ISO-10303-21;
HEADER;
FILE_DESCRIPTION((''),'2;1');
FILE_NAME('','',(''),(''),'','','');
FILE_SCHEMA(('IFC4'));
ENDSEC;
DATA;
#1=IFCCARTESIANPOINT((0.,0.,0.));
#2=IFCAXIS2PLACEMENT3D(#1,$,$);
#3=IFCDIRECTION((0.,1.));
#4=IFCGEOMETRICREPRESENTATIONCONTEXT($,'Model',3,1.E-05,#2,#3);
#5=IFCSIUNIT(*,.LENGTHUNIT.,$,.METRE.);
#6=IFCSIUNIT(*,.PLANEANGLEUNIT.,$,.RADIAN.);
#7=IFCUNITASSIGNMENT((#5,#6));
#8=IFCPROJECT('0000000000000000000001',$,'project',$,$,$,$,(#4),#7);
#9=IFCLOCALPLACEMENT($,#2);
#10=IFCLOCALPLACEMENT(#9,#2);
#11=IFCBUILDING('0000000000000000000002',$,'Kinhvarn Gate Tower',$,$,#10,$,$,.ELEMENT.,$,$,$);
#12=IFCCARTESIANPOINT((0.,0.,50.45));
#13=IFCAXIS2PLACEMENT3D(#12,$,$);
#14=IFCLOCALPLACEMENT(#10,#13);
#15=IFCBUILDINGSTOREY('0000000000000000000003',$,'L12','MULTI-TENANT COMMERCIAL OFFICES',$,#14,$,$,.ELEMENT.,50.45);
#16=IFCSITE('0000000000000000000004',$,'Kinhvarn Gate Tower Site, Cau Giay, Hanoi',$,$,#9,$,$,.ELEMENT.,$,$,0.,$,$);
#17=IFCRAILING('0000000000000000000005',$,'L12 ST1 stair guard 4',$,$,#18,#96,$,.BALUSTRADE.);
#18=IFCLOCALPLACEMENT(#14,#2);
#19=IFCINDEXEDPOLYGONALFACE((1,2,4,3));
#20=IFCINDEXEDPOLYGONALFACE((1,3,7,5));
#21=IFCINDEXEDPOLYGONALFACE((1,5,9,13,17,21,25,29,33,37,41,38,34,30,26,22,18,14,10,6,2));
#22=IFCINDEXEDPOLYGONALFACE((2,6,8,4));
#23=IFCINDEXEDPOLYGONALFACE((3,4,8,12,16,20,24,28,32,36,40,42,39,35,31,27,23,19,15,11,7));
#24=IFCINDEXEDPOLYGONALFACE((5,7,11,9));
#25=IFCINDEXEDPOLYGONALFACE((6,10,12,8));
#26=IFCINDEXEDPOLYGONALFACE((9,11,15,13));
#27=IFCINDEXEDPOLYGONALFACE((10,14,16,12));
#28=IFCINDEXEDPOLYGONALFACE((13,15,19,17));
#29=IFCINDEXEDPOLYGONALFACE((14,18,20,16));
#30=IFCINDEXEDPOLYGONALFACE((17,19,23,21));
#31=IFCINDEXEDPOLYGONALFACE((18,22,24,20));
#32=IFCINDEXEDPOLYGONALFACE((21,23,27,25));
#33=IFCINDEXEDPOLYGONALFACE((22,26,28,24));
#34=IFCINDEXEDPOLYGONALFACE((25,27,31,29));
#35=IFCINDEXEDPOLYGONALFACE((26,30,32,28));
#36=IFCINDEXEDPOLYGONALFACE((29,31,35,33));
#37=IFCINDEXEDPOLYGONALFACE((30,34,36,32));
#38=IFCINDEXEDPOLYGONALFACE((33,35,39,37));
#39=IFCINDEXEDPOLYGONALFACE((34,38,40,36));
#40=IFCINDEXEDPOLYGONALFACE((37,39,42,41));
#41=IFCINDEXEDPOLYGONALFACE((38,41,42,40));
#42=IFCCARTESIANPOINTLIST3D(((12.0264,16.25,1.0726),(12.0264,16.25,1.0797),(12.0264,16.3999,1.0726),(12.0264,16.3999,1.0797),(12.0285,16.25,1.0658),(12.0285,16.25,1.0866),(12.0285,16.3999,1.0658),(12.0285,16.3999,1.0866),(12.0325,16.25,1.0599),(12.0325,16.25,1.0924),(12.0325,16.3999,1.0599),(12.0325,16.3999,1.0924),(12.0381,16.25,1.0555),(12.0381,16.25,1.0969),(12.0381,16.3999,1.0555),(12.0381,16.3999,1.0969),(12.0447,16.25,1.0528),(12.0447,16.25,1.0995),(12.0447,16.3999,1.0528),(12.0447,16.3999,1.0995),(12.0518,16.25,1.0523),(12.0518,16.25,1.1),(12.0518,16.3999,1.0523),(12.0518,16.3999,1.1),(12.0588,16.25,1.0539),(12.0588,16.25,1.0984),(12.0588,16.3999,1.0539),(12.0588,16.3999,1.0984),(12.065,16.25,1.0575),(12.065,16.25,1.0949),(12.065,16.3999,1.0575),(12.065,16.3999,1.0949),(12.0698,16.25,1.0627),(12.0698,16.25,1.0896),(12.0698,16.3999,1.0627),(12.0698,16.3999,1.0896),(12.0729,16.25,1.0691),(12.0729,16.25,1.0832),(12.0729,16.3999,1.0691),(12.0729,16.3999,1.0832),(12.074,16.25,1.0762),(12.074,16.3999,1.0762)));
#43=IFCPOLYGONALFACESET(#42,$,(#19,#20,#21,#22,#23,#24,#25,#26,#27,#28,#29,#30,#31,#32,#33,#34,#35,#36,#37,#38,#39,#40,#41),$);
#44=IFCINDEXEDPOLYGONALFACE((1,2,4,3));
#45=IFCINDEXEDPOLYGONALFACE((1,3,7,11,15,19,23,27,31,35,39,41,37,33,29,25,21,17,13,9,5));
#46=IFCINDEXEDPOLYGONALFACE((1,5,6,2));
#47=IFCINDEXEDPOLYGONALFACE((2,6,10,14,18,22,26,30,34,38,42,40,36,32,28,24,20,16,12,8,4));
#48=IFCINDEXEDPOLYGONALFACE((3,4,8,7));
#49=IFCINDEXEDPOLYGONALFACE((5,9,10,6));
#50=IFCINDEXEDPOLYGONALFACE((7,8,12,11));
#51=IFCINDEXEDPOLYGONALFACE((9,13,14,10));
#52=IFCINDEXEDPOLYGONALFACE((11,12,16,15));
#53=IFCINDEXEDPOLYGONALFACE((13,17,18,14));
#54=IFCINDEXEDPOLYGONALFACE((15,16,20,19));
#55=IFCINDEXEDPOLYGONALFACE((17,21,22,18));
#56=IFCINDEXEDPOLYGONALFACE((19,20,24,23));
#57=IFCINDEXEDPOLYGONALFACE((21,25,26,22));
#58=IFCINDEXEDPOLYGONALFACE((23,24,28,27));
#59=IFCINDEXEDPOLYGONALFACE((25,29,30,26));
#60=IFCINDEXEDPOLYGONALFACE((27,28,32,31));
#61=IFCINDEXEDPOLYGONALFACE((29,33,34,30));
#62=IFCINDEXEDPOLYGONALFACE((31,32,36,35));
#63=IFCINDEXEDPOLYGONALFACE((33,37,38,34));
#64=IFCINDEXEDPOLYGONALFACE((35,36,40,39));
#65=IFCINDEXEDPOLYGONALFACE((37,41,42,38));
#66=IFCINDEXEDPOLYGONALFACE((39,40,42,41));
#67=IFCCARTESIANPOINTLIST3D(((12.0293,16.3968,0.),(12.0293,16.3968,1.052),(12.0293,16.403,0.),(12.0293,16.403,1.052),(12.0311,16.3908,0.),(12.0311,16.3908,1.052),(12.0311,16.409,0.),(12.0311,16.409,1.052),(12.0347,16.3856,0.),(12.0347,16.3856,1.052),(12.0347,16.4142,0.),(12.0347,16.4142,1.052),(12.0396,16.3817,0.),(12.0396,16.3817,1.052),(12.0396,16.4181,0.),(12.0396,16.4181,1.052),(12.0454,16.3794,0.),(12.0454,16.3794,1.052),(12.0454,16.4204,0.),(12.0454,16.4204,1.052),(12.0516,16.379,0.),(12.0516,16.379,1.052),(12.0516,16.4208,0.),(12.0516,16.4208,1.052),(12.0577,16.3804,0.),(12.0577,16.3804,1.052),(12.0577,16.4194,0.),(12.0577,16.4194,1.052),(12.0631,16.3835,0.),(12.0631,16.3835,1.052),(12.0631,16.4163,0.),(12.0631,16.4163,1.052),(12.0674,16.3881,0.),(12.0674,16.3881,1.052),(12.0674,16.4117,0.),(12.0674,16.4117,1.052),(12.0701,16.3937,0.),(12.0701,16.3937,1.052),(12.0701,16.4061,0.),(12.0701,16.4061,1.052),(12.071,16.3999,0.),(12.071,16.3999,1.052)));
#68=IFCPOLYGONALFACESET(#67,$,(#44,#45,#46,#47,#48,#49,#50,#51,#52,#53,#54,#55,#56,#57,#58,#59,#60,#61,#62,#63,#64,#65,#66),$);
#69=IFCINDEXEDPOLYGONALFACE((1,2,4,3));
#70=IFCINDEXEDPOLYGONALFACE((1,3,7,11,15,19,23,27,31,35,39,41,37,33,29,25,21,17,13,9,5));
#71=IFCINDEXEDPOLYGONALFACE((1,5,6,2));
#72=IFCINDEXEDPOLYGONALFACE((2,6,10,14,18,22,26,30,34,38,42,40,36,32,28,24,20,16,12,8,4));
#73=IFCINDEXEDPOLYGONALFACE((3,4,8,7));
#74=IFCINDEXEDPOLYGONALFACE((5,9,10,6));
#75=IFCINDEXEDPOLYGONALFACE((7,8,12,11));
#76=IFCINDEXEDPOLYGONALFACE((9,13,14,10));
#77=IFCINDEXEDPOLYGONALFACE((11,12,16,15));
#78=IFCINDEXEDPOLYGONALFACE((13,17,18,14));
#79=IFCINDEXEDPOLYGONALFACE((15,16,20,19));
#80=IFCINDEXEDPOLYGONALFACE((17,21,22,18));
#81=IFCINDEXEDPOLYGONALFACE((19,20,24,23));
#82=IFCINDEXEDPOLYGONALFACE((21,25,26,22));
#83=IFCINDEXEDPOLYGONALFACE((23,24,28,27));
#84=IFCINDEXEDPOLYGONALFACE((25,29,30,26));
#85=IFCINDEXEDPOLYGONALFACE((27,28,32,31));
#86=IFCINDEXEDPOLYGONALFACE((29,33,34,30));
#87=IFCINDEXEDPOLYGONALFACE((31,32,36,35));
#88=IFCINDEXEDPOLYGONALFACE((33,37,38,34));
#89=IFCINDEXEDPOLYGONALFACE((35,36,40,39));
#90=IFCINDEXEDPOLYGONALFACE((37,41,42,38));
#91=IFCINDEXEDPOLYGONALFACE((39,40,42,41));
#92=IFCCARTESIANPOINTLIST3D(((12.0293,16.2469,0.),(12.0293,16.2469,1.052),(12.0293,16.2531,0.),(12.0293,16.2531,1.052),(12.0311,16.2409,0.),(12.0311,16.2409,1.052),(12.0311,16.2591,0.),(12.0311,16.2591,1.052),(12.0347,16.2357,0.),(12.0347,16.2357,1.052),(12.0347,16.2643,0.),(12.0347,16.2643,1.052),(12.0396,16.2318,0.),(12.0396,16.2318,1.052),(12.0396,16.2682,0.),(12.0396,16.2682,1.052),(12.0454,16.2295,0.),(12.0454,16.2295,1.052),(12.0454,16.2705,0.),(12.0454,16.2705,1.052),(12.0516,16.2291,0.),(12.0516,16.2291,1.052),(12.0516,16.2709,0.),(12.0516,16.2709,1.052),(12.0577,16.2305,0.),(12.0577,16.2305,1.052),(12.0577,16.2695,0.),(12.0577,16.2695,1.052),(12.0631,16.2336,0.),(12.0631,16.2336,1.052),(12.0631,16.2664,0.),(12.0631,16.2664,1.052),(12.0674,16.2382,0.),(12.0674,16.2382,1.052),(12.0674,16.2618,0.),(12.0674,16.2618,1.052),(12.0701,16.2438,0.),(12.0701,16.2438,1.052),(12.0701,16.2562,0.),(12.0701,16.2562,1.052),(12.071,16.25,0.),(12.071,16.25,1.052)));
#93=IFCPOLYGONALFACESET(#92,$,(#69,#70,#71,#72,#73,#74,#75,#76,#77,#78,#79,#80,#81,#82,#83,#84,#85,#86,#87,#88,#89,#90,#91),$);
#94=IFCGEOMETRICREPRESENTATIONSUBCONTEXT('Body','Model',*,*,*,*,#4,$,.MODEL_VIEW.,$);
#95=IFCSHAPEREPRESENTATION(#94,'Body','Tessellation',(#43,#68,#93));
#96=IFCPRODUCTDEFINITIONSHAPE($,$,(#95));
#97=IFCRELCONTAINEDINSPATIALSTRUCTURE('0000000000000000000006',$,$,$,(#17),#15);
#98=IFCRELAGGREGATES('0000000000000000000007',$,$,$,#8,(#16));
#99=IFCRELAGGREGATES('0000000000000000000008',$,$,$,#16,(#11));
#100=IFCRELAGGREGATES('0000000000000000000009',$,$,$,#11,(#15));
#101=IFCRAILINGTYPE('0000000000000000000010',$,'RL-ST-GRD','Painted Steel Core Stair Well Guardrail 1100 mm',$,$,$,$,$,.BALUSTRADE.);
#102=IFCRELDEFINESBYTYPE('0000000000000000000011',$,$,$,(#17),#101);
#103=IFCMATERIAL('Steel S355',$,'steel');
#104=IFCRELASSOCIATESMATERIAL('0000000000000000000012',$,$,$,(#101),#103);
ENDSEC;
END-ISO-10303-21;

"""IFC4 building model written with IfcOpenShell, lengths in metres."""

from ifc_helpers import new_model, si_unit, direction, frame, origin, origin_2d, place, context, subcontext, project, spatial, circle, extrude, material, type_object, element, save


model = new_model("IFC4")

# Units and contexts
model_context = context("Model", 3, precision=1e-05, world=origin(), true_north=direction((0.0, 1.0)))
body_context = subcontext(model_context, "Body", "Model", "MODEL_VIEW")
ifc_project = project(units=[si_unit("LENGTHUNIT", "METRE"), si_unit("PLANEANGLEUNIT", "RADIAN")], contexts=[model_context])

# Site, building, storey
site_placement = place(None, origin())
site = spatial("IfcSite", under=ifc_project, at=site_placement, Name="Kinhvarn Gate Tower Site, Cau Giay, Hanoi", CompositionType="ELEMENT", RefElevation=0.0)
building_placement = place(site_placement, origin())
building = spatial("IfcBuilding", under=site, at=building_placement, Name="Kinhvarn Gate Tower", CompositionType="ELEMENT")
storey_placement = place(building_placement, frame((0.0, 0.0, 50.45)))
storey = spatial("IfcBuildingStorey", under=building, at=storey_placement, Name="L12", Description="MULTI-TENANT COMMERCIAL OFFICES", CompositionType="ELEMENT", Elevation=50.45)

# Shared definitions
ifc_material_1 = material(Name="Steel S355", Category="steel")

# Railing
railing_type_1 = type_object("IfcRailingType", Name="RL-ST-GRD", Description="Painted Steel Core Stair Well Guardrail 1100 mm", PredefinedType="BALUSTRADE", material=ifc_material_1)
railing_1_placement = place(storey_placement, frame((12.05, 16.3999, 0.0)))
element("IfcRailing", 1, at=railing_1_placement, inside=storey, type_object=railing_type_1, Name="L12 ST1 stair guard 4", PredefinedType="BALUSTRADE", context=body_context, shape_type="SweptSolid", body=[
    extrude(circle(Radius=0.0239, at=origin_2d()), frame((0.0, 0.0, 1.0762), z_axis=(0.0, -1.0, 0.0), x_axis=(1.0, 0.0, 0.0)), (0.0, 0.0, 1.0), 0.1499),
    extrude(circle(Radius=0.021, at=origin_2d()), origin(), (0.0, 0.0, 1.0), 1.052),
    extrude(circle(Radius=0.021, at=origin_2d()), frame((0.0, -0.1499, 0.0)), (0.0, 0.0, 1.0), 1.052),
])

save(model, "model.ifc")
